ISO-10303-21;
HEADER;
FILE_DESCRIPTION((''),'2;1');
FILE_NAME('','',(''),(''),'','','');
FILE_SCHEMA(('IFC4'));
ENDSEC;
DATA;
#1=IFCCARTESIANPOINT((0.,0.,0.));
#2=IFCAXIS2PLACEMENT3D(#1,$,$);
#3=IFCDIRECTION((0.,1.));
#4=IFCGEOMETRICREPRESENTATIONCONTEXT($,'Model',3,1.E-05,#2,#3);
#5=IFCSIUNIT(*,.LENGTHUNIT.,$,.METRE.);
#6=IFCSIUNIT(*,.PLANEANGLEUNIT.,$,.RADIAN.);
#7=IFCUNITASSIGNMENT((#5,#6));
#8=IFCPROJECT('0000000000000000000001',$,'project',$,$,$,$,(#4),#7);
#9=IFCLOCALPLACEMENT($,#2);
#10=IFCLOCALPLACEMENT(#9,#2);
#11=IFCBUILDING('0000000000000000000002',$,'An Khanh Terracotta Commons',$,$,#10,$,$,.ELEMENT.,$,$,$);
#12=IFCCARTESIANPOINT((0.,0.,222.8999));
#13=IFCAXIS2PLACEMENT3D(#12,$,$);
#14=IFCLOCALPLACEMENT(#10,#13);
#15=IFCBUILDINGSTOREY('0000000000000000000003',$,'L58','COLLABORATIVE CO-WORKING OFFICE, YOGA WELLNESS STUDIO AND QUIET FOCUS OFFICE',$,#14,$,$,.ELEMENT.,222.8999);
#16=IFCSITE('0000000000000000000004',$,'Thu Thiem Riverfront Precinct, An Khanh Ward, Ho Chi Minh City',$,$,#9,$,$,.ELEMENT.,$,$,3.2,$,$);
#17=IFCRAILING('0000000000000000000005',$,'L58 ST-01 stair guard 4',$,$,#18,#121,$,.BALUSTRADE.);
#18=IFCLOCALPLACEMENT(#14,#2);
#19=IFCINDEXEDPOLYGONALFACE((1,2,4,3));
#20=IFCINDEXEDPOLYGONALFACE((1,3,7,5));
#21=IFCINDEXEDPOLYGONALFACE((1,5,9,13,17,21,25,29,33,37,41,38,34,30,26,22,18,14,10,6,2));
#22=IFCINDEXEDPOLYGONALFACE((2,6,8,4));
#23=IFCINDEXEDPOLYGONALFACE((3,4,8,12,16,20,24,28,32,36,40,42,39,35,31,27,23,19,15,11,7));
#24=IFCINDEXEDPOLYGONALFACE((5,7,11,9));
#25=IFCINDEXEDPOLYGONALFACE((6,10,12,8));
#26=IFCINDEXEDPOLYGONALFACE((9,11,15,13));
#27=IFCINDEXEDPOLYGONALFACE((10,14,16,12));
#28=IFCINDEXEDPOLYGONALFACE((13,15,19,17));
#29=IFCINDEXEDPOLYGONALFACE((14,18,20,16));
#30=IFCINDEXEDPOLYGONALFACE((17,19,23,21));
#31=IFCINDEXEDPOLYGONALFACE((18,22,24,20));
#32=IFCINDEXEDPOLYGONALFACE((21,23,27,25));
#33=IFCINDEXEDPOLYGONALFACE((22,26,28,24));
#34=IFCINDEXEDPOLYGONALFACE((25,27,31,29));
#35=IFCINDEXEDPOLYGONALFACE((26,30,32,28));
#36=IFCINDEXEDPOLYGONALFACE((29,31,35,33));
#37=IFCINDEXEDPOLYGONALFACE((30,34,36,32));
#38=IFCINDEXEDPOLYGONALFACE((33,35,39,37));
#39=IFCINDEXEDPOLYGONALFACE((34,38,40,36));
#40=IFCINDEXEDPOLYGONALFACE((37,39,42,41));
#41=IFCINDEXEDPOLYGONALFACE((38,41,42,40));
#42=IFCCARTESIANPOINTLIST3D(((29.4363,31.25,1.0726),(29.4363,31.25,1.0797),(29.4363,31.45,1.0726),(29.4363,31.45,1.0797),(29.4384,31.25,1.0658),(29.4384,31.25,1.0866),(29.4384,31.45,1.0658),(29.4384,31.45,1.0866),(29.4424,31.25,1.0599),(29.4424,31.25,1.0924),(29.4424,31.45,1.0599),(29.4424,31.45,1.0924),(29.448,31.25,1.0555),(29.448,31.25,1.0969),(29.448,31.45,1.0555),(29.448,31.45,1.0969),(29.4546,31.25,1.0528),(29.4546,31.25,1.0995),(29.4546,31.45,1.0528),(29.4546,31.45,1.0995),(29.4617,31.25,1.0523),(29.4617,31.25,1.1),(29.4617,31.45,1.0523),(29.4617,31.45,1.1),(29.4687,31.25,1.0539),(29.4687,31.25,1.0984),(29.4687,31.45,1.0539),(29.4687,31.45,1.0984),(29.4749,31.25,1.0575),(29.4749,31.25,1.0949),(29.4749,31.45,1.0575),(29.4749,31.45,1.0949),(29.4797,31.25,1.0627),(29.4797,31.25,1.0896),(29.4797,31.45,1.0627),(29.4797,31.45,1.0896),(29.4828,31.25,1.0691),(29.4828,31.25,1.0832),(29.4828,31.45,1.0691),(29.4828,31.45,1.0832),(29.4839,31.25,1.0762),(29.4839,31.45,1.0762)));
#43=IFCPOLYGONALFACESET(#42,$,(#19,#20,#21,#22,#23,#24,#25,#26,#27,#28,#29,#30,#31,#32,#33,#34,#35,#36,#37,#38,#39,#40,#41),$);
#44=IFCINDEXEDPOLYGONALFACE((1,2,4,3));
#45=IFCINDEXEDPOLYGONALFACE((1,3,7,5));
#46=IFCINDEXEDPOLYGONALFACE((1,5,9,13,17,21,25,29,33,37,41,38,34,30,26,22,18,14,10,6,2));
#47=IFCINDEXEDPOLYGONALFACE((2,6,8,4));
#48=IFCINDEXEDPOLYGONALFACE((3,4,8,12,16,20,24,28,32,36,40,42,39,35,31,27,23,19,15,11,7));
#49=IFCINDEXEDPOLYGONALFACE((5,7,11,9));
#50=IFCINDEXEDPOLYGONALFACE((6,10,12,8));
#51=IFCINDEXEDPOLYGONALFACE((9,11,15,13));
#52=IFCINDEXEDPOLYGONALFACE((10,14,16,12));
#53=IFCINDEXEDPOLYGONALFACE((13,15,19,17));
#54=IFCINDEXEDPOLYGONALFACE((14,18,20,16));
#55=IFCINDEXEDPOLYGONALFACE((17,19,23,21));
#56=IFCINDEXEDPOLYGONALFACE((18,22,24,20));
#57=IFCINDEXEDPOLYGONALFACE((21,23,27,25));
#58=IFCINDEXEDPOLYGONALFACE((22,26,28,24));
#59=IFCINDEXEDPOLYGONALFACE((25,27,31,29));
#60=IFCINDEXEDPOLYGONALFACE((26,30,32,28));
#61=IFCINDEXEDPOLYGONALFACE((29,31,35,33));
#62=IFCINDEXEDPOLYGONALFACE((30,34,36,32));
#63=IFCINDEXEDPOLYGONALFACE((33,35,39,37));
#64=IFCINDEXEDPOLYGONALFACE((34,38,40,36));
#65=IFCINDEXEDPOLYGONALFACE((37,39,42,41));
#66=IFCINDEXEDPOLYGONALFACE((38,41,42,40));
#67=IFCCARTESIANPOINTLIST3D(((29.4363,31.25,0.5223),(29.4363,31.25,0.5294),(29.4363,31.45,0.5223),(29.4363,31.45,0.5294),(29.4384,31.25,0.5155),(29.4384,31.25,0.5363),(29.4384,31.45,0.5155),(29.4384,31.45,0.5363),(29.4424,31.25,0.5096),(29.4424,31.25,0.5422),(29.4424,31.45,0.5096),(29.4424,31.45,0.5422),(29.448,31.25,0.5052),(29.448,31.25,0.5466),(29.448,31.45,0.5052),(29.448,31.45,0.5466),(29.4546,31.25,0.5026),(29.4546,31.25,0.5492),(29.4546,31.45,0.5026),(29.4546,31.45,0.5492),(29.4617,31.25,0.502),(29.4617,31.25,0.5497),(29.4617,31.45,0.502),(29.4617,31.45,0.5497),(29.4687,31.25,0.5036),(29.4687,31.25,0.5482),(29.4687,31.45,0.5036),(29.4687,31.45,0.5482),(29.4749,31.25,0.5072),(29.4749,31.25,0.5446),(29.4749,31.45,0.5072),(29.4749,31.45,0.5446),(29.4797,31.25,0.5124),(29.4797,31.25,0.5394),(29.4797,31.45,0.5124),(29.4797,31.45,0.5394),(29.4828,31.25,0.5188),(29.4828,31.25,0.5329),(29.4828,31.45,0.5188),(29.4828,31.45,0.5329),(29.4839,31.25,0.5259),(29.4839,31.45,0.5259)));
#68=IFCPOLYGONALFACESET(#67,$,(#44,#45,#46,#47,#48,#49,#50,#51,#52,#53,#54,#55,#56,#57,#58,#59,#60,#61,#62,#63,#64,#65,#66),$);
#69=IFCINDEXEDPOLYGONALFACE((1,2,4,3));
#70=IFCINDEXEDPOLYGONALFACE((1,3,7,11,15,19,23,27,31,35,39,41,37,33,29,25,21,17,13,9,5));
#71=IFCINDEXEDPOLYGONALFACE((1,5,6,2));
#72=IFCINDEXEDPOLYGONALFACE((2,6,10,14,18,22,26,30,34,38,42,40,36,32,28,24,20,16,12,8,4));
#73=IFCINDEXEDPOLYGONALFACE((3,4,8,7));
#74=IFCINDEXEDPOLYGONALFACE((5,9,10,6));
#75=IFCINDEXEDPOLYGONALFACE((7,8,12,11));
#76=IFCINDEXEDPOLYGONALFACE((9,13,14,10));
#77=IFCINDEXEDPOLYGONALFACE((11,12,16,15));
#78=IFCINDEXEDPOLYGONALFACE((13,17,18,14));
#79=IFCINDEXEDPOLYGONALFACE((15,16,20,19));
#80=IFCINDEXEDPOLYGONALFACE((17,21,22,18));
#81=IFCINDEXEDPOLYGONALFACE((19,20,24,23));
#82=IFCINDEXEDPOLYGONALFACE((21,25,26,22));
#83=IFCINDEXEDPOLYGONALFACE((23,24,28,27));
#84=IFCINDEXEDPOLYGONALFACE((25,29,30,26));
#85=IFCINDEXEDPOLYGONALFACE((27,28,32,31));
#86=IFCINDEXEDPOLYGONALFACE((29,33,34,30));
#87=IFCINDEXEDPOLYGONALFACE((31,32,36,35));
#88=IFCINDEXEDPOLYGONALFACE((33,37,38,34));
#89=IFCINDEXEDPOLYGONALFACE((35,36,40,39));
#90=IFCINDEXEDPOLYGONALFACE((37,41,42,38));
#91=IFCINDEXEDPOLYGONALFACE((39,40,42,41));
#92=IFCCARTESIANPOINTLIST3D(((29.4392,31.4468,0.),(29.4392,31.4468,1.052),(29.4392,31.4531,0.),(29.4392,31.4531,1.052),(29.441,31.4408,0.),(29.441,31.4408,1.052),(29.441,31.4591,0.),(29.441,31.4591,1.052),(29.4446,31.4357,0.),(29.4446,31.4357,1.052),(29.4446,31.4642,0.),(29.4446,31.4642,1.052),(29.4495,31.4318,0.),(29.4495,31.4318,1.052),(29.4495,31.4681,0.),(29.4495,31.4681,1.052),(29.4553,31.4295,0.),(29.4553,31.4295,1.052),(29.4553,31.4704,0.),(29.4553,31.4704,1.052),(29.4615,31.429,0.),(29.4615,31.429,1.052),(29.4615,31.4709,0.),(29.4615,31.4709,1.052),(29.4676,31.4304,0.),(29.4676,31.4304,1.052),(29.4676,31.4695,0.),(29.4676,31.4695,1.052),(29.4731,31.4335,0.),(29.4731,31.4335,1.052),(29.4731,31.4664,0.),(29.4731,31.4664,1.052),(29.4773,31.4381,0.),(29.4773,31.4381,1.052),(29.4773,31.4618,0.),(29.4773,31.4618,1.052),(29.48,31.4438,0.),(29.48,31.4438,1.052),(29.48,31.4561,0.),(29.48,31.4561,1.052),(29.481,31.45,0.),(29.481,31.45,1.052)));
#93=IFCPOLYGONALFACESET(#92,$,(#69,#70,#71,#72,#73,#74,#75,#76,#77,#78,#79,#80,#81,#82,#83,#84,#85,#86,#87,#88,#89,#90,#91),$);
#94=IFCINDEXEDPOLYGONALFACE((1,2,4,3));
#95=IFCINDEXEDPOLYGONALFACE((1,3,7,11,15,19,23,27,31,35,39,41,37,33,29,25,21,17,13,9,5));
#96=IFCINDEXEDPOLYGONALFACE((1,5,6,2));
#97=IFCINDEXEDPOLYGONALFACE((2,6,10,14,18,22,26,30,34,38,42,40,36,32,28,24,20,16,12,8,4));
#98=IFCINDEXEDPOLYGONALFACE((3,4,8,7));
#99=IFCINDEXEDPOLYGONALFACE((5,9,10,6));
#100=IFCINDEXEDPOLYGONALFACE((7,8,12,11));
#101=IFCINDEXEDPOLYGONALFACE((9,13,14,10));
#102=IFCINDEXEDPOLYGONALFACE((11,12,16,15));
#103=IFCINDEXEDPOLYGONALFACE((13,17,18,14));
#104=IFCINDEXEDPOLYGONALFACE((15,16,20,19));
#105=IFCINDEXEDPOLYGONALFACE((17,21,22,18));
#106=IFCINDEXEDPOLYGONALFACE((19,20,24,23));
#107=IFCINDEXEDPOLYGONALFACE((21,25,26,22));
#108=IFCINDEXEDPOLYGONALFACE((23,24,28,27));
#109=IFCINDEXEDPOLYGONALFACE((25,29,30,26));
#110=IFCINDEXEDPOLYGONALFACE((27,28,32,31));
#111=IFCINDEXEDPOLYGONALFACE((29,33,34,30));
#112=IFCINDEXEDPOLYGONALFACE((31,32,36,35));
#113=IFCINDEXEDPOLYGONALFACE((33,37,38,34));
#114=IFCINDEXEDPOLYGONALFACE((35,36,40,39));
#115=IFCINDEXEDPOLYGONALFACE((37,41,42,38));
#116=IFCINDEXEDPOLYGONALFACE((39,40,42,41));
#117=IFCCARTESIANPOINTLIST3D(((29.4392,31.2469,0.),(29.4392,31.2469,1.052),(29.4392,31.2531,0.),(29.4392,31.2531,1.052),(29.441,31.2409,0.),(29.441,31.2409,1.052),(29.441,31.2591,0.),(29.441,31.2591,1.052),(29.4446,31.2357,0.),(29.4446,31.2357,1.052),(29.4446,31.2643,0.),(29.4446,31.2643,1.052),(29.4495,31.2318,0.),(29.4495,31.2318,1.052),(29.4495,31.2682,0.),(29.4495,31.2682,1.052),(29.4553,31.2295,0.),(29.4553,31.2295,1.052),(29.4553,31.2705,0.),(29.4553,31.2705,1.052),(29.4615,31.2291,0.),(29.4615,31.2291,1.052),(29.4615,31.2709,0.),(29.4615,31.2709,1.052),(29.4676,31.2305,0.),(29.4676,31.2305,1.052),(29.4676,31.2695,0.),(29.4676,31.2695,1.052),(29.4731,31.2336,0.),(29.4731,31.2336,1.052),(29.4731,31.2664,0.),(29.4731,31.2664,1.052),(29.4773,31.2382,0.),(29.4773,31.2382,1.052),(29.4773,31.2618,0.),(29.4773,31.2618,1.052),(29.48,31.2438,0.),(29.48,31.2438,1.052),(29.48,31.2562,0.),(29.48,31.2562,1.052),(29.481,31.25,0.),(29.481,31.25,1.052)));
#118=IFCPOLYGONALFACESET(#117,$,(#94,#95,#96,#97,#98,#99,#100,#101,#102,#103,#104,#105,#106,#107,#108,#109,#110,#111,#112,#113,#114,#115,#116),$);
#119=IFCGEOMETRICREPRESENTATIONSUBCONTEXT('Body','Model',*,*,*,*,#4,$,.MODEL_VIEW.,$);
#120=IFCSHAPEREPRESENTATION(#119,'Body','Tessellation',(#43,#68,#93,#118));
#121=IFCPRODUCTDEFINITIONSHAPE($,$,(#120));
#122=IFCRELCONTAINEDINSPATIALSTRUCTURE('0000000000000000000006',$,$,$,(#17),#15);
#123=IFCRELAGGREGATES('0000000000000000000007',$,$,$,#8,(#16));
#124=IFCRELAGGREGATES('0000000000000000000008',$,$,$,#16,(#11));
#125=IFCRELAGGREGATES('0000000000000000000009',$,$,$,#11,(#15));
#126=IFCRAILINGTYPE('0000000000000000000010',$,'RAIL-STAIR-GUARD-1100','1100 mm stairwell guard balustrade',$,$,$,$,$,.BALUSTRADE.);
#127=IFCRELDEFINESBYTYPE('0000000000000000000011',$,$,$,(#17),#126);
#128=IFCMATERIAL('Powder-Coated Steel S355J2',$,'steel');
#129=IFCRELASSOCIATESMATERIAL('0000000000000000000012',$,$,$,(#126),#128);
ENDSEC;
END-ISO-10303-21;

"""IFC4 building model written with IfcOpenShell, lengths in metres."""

from ifc_helpers import new_model, si_unit, direction, frame, origin, origin_2d, place, context, subcontext, project, spatial, circle, extrude, material, type_object, element, save


model = new_model("IFC4")

# Units and contexts
model_context = context("Model", 3, precision=1e-05, world=origin(), true_north=direction((0.0, 1.0)))
body_context = subcontext(model_context, "Body", "Model", "MODEL_VIEW")
ifc_project = project(units=[si_unit("LENGTHUNIT", "METRE"), si_unit("PLANEANGLEUNIT", "RADIAN")], contexts=[model_context])

# Site, building, storey
site_placement = place(None, origin())
site = spatial("IfcSite", under=ifc_project, at=site_placement, Name="Thu Thiem Riverfront Precinct, An Khanh Ward, Ho Chi Minh City", CompositionType="ELEMENT", RefElevation=3.2)
building_placement = place(site_placement, origin())
building = spatial("IfcBuilding", under=site, at=building_placement, Name="An Khanh Terracotta Commons", CompositionType="ELEMENT")
storey_placement = place(building_placement, frame((0.0, 0.0, 222.8999)))
storey = spatial("IfcBuildingStorey", under=building, at=storey_placement, Name="L58", Description="COLLABORATIVE CO-WORKING OFFICE, YOGA WELLNESS STUDIO AND QUIET FOCUS OFFICE", CompositionType="ELEMENT", Elevation=222.8999)

# Railing
ifc_material_1 = material(Name="Powder-Coated Steel S355J2", Category="steel")
railing_type_1 = type_object("IfcRailingType", Name="RAIL-STAIR-GUARD-1100", Description="1100 mm stairwell guard balustrade", PredefinedType="BALUSTRADE", material=ifc_material_1)
railing_1_placement = place(storey_placement, frame((29.46, 31.45, 0.0)))
element("IfcRailing", 1, at=railing_1_placement, inside=storey, type_object=railing_type_1, Name="L58 ST-01 stair guard 4", PredefinedType="BALUSTRADE", context=body_context, shape_type="SweptSolid", body=[
    extrude(circle(Radius=0.0239, at=origin_2d()), frame((0.0, 0.0, 1.0762), z_axis=(0.0, -1.0, 0.0), x_axis=(1.0, 0.0, 0.0)), (0.0, 0.0, 1.0), 0.2),
    extrude(circle(Radius=0.0239, at=origin_2d()), frame((0.0, 0.0, 0.5259), z_axis=(0.0, -1.0, 0.0), x_axis=(1.0, 0.0, 0.0)), (0.0, 0.0, 1.0), 0.2),
    extrude(circle(Radius=0.021, at=origin_2d()), origin(), (0.0, 0.0, 1.0), 1.052),
    extrude(circle(Radius=0.021, at=origin_2d()), frame((0.0, -0.2, 0.0)), (0.0, 0.0, 1.0), 1.052),
])

save(model, "model.ifc")
